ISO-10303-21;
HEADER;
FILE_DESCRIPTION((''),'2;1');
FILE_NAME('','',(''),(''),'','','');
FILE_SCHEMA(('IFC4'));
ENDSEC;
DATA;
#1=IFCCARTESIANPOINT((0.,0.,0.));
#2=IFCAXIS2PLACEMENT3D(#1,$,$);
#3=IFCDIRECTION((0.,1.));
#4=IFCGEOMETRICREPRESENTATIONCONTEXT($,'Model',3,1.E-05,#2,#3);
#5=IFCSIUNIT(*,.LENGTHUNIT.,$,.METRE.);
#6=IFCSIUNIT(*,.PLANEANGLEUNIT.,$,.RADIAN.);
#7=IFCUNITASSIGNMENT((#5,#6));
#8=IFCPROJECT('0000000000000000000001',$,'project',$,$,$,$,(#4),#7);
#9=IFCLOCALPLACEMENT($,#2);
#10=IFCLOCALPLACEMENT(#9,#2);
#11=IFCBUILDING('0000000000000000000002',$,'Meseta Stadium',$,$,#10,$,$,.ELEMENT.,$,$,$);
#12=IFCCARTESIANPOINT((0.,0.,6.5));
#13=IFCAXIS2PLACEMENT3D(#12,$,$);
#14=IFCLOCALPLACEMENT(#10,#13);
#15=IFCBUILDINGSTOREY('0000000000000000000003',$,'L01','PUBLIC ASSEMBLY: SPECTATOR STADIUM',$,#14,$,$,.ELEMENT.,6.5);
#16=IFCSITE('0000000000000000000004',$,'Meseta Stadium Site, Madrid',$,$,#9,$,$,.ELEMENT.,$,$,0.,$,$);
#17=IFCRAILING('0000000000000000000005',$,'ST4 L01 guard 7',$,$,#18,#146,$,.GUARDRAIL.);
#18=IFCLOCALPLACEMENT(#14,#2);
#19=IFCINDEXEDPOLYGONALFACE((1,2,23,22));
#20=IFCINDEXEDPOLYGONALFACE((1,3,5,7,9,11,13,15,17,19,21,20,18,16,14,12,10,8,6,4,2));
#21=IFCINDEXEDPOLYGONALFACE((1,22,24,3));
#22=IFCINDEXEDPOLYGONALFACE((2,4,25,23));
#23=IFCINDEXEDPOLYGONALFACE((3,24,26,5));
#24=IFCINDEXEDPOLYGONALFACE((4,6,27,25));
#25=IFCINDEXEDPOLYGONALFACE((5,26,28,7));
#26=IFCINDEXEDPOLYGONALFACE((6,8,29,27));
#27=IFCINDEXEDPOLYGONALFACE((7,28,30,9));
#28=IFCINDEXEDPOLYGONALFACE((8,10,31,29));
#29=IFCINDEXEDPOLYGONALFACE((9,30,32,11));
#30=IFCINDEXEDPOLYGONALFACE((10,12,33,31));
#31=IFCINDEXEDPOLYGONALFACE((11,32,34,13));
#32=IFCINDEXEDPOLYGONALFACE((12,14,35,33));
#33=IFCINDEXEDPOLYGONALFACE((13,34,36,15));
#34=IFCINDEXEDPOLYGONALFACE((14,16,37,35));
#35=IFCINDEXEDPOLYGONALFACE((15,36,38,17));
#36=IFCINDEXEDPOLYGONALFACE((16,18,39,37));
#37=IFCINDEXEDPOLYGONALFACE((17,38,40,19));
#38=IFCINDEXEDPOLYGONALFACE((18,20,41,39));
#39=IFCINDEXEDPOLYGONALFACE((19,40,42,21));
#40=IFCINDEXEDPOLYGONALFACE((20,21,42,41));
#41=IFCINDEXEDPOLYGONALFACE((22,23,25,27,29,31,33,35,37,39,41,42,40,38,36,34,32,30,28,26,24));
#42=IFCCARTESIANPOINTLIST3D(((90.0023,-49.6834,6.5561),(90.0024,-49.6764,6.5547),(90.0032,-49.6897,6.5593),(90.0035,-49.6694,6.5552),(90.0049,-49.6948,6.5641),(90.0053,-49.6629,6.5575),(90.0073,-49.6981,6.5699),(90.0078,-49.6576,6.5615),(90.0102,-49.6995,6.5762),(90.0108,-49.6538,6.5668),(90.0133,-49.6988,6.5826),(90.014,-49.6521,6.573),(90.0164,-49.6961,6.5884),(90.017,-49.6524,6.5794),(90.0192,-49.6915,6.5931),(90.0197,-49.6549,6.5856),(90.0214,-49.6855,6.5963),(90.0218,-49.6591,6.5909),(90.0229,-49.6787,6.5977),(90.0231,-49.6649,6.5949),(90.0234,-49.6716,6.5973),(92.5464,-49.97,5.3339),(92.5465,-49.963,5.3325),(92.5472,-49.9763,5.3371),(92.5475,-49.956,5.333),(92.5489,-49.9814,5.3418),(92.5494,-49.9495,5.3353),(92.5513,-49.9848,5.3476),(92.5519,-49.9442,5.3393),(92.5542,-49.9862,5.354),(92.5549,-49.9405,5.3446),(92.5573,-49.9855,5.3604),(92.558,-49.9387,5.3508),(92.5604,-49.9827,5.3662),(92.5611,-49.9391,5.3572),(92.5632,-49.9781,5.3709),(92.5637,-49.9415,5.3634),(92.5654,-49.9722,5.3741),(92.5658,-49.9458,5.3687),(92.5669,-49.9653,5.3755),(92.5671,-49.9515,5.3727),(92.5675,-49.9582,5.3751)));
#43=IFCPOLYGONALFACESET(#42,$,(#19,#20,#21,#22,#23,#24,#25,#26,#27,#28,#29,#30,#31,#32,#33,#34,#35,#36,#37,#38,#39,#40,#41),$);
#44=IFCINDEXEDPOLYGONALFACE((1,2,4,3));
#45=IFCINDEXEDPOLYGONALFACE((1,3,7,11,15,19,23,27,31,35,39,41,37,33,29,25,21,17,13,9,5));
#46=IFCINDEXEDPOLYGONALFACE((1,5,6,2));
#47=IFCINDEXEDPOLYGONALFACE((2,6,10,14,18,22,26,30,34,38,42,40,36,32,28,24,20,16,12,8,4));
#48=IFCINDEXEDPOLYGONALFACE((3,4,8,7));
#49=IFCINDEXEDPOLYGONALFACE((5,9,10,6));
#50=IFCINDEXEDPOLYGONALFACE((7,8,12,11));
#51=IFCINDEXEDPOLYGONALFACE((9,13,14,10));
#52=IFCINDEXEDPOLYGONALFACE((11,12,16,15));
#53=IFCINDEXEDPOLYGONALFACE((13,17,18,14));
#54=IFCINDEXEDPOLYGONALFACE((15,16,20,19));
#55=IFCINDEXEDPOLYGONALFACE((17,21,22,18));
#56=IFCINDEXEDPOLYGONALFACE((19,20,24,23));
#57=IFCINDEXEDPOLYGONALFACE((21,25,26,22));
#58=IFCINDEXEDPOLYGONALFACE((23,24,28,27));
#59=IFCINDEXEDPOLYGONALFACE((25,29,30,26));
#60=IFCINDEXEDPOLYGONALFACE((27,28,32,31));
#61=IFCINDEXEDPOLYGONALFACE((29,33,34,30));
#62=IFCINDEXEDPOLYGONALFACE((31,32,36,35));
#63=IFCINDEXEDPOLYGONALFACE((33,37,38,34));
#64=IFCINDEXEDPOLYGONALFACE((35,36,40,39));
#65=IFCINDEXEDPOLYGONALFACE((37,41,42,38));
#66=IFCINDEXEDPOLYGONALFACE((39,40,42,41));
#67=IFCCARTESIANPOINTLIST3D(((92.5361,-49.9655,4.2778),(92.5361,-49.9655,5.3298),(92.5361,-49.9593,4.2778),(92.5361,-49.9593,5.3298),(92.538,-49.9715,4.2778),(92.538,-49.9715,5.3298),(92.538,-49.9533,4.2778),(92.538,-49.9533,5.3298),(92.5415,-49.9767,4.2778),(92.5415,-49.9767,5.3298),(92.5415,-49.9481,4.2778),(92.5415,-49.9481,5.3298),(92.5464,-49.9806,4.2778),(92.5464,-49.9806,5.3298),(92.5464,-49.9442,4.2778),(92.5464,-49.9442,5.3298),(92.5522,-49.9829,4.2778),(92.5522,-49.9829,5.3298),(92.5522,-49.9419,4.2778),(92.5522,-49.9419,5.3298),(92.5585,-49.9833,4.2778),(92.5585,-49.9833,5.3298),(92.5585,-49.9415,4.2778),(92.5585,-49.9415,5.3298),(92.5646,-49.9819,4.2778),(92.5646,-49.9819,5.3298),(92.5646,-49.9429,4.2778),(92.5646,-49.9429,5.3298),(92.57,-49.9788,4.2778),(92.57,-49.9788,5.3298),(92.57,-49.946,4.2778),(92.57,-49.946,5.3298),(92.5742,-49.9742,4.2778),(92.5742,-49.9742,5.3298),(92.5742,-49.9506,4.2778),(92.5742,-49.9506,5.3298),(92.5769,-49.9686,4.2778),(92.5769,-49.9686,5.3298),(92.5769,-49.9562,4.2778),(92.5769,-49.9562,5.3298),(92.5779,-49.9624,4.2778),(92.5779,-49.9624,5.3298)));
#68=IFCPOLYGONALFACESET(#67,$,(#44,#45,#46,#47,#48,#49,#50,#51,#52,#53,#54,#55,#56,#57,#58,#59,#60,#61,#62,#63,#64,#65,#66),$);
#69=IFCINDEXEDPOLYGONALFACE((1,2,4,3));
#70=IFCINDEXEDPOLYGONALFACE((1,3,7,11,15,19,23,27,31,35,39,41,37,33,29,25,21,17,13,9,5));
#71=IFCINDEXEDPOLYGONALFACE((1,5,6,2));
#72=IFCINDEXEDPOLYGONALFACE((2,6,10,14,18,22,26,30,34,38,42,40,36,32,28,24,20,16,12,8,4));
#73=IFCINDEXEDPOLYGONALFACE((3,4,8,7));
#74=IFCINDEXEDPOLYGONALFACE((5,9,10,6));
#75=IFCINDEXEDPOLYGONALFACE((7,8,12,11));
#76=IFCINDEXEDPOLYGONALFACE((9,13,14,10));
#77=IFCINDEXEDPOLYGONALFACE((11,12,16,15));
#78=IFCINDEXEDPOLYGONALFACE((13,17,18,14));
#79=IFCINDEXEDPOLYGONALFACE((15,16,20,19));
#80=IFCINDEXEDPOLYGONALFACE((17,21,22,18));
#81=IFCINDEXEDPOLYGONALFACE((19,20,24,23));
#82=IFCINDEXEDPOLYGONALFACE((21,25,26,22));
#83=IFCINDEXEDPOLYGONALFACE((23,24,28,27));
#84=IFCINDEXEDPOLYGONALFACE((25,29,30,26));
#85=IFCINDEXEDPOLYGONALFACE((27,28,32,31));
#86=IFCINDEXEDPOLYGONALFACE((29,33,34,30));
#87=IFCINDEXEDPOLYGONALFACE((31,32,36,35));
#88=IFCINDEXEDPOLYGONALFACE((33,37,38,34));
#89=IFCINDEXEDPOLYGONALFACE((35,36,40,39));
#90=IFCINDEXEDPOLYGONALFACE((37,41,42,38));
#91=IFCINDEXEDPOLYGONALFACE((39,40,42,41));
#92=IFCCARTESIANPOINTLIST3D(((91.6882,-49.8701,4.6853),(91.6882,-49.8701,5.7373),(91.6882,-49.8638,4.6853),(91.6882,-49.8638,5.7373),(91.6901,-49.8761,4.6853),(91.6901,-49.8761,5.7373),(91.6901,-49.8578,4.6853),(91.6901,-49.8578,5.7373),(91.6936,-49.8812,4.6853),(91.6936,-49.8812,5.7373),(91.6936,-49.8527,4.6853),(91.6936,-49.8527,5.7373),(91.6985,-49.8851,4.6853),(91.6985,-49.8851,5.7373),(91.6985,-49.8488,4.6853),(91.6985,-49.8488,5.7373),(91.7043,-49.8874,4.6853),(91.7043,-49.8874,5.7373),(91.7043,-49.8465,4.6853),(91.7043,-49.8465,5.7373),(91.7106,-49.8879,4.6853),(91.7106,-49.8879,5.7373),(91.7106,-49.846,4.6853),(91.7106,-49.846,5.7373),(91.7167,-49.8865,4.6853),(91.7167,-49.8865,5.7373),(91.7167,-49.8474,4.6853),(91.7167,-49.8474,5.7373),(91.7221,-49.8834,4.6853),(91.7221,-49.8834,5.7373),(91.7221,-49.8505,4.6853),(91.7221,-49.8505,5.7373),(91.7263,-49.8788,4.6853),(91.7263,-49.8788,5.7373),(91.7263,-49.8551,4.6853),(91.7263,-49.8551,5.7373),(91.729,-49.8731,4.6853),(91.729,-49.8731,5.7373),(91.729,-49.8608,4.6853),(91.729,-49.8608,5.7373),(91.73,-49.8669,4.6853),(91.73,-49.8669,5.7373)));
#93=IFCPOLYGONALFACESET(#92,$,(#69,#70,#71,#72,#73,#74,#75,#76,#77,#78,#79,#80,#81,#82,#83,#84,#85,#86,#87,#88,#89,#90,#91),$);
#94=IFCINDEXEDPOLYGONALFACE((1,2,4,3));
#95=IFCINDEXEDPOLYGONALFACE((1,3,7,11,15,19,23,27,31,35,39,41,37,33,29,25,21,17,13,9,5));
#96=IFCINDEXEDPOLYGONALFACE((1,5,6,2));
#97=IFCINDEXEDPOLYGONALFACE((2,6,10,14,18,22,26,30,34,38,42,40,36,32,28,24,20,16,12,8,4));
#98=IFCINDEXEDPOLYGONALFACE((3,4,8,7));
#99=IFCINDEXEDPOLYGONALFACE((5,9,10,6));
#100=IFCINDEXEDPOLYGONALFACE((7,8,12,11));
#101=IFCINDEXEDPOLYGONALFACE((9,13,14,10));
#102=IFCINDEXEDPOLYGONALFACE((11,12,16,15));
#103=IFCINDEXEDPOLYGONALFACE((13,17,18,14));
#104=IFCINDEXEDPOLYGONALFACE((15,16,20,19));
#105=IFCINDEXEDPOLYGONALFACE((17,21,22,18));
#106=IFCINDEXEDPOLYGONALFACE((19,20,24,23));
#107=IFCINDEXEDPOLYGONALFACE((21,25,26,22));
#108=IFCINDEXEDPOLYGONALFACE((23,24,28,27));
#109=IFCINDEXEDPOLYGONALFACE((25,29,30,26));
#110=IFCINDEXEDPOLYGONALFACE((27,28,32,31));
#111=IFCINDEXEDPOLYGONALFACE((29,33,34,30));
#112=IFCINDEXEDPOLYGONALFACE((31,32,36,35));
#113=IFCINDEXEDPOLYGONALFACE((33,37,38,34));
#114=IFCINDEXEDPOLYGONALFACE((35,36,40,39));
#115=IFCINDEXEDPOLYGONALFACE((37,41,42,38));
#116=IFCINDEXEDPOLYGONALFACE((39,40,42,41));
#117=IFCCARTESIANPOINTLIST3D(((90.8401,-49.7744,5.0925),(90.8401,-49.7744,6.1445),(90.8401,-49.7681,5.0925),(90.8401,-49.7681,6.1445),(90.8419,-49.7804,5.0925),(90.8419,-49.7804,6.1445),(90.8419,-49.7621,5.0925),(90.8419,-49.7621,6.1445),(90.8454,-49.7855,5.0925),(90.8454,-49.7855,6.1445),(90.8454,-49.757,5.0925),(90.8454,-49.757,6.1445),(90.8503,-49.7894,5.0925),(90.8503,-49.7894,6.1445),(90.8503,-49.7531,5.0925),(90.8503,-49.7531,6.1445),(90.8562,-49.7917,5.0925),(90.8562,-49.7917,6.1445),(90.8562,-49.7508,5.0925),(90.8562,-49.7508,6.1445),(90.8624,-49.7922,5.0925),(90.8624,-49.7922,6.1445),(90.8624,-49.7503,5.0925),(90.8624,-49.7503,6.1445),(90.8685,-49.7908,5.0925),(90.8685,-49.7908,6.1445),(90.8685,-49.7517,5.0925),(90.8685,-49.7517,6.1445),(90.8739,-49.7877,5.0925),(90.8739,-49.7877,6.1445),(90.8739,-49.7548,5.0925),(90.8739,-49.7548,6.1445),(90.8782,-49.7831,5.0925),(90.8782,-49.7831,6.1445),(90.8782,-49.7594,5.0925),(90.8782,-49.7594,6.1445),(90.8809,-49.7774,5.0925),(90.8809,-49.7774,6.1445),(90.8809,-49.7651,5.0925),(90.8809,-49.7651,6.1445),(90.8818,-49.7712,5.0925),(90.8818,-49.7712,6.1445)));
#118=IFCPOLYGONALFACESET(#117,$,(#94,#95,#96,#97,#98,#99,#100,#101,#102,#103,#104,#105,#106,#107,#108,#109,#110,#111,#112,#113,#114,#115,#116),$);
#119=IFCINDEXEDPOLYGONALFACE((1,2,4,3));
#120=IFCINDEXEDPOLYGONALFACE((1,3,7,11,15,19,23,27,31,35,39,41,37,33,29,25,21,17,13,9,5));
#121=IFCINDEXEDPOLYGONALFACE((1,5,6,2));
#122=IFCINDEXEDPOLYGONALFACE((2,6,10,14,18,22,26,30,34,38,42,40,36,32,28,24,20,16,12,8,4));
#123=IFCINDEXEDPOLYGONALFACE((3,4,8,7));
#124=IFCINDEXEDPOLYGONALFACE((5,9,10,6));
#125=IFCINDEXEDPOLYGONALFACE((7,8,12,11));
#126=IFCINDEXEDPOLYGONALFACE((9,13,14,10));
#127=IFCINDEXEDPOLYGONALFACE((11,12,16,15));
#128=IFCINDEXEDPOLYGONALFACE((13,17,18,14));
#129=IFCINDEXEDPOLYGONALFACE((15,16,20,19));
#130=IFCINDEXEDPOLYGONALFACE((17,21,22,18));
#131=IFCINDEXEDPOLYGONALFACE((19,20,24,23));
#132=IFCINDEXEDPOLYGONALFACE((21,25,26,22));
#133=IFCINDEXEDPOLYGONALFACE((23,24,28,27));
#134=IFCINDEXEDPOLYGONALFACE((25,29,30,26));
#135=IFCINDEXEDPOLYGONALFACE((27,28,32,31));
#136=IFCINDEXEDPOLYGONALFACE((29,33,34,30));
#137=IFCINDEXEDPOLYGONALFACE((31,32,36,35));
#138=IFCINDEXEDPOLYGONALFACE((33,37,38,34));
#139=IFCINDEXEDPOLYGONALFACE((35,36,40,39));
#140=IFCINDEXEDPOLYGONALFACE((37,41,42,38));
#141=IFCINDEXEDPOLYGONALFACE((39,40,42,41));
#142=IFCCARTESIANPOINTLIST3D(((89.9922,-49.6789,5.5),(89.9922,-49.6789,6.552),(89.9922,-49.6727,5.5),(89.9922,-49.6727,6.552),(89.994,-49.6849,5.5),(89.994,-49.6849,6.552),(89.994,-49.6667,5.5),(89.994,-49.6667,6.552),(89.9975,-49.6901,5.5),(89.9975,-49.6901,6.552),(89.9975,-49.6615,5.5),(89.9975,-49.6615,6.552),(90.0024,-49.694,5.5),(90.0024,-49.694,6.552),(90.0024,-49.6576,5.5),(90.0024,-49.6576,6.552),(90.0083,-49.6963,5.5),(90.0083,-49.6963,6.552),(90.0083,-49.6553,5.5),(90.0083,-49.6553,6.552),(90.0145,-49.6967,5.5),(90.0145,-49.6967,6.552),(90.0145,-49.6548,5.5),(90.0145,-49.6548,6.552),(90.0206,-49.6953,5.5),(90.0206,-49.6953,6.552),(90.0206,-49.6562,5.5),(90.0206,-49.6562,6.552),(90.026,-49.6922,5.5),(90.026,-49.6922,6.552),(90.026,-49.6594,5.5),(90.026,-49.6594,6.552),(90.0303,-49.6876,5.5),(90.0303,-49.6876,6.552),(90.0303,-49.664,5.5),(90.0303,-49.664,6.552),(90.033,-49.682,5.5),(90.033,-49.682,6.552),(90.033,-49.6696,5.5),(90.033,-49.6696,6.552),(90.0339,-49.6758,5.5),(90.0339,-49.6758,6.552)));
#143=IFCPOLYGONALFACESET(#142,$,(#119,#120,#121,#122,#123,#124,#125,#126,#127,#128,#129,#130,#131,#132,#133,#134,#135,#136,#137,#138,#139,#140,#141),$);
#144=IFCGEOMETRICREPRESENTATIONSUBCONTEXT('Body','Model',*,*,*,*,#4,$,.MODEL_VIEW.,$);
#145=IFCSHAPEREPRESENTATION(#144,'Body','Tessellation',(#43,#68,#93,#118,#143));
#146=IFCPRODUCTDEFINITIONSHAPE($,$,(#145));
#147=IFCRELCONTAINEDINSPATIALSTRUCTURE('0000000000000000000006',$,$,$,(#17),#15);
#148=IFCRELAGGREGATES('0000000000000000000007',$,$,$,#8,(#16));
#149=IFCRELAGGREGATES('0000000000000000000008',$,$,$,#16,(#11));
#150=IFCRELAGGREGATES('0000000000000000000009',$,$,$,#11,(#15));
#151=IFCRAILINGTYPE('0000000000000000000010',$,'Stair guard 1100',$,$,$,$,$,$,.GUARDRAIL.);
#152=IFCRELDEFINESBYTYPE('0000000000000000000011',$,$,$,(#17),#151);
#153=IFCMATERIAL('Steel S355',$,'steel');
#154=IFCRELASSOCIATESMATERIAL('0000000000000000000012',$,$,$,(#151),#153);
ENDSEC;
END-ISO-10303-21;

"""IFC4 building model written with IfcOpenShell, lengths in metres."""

from ifc_helpers import new_model, si_unit, direction, frame, origin, origin_2d, place, context, subcontext, project, spatial, circle, extrude, material, type_object, element, save


model = new_model("IFC4")

# Units and contexts
model_context = context("Model", 3, precision=1e-05, world=origin(), true_north=direction((0.0, 1.0)))
body_context = subcontext(model_context, "Body", "Model", "MODEL_VIEW")
ifc_project = project(units=[si_unit("LENGTHUNIT", "METRE"), si_unit("PLANEANGLEUNIT", "RADIAN")], contexts=[model_context])

# Site, building, storey
site_placement = place(None, origin())
site = spatial("IfcSite", under=ifc_project, at=site_placement, Name="Meseta Stadium Site, Madrid", CompositionType="ELEMENT", RefElevation=0.0)
building_placement = place(site_placement, origin())
building = spatial("IfcBuilding", under=site, at=building_placement, Name="Meseta Stadium", CompositionType="ELEMENT")
storey_placement = place(building_placement, frame((0.0, 0.0, 6.5)))
storey = spatial("IfcBuildingStorey", under=building, at=storey_placement, Name="L01", Description="PUBLIC ASSEMBLY: SPECTATOR STADIUM", CompositionType="ELEMENT", Elevation=6.5)

# Railing
ifc_material_1 = material(Name="Steel S355", Category="steel")
railing_type_1 = type_object("IfcRailingType", Name="Stair guard 1100", PredefinedType="GUARDRAIL", material=ifc_material_1)
railing_1_placement = place(storey_placement, frame((92.5569, -49.9624, 4.2778)))
element("IfcRailing", 1, at=railing_1_placement, inside=storey, type_object=railing_type_1, Name="ST4 L01 guard 7", PredefinedType="GUARDRAIL", context=body_context, shape_type="SweptSolid", body=[
    extrude(circle(Radius=0.0239, at=origin_2d()), frame((0.0, 0.0, 1.0762), z_axis=(-0.896762, 0.101036, 0.430824), x_axis=(-0.11196, -0.993713, 0.0)), (0.0, 0.0, 1.0), 2.8369),
    extrude(circle(Radius=0.021, at=origin_2d()), origin(), (0.0, 0.0, 1.0), 1.052),
    extrude(circle(Radius=0.021, at=origin_2d()), frame((-0.8479, 0.0955, 0.4075)), (0.0, 0.0, 1.0), 1.052),
    extrude(circle(Radius=0.021, at=origin_2d()), frame((-1.696, 0.1912, 0.8147)), (0.0, 0.0, 1.0), 1.052),
    extrude(circle(Radius=0.021, at=origin_2d()), frame((-2.5439, 0.2866, 1.2222)), (0.0, 0.0, 1.0), 1.052),
])

save(model, "model.ifc")
